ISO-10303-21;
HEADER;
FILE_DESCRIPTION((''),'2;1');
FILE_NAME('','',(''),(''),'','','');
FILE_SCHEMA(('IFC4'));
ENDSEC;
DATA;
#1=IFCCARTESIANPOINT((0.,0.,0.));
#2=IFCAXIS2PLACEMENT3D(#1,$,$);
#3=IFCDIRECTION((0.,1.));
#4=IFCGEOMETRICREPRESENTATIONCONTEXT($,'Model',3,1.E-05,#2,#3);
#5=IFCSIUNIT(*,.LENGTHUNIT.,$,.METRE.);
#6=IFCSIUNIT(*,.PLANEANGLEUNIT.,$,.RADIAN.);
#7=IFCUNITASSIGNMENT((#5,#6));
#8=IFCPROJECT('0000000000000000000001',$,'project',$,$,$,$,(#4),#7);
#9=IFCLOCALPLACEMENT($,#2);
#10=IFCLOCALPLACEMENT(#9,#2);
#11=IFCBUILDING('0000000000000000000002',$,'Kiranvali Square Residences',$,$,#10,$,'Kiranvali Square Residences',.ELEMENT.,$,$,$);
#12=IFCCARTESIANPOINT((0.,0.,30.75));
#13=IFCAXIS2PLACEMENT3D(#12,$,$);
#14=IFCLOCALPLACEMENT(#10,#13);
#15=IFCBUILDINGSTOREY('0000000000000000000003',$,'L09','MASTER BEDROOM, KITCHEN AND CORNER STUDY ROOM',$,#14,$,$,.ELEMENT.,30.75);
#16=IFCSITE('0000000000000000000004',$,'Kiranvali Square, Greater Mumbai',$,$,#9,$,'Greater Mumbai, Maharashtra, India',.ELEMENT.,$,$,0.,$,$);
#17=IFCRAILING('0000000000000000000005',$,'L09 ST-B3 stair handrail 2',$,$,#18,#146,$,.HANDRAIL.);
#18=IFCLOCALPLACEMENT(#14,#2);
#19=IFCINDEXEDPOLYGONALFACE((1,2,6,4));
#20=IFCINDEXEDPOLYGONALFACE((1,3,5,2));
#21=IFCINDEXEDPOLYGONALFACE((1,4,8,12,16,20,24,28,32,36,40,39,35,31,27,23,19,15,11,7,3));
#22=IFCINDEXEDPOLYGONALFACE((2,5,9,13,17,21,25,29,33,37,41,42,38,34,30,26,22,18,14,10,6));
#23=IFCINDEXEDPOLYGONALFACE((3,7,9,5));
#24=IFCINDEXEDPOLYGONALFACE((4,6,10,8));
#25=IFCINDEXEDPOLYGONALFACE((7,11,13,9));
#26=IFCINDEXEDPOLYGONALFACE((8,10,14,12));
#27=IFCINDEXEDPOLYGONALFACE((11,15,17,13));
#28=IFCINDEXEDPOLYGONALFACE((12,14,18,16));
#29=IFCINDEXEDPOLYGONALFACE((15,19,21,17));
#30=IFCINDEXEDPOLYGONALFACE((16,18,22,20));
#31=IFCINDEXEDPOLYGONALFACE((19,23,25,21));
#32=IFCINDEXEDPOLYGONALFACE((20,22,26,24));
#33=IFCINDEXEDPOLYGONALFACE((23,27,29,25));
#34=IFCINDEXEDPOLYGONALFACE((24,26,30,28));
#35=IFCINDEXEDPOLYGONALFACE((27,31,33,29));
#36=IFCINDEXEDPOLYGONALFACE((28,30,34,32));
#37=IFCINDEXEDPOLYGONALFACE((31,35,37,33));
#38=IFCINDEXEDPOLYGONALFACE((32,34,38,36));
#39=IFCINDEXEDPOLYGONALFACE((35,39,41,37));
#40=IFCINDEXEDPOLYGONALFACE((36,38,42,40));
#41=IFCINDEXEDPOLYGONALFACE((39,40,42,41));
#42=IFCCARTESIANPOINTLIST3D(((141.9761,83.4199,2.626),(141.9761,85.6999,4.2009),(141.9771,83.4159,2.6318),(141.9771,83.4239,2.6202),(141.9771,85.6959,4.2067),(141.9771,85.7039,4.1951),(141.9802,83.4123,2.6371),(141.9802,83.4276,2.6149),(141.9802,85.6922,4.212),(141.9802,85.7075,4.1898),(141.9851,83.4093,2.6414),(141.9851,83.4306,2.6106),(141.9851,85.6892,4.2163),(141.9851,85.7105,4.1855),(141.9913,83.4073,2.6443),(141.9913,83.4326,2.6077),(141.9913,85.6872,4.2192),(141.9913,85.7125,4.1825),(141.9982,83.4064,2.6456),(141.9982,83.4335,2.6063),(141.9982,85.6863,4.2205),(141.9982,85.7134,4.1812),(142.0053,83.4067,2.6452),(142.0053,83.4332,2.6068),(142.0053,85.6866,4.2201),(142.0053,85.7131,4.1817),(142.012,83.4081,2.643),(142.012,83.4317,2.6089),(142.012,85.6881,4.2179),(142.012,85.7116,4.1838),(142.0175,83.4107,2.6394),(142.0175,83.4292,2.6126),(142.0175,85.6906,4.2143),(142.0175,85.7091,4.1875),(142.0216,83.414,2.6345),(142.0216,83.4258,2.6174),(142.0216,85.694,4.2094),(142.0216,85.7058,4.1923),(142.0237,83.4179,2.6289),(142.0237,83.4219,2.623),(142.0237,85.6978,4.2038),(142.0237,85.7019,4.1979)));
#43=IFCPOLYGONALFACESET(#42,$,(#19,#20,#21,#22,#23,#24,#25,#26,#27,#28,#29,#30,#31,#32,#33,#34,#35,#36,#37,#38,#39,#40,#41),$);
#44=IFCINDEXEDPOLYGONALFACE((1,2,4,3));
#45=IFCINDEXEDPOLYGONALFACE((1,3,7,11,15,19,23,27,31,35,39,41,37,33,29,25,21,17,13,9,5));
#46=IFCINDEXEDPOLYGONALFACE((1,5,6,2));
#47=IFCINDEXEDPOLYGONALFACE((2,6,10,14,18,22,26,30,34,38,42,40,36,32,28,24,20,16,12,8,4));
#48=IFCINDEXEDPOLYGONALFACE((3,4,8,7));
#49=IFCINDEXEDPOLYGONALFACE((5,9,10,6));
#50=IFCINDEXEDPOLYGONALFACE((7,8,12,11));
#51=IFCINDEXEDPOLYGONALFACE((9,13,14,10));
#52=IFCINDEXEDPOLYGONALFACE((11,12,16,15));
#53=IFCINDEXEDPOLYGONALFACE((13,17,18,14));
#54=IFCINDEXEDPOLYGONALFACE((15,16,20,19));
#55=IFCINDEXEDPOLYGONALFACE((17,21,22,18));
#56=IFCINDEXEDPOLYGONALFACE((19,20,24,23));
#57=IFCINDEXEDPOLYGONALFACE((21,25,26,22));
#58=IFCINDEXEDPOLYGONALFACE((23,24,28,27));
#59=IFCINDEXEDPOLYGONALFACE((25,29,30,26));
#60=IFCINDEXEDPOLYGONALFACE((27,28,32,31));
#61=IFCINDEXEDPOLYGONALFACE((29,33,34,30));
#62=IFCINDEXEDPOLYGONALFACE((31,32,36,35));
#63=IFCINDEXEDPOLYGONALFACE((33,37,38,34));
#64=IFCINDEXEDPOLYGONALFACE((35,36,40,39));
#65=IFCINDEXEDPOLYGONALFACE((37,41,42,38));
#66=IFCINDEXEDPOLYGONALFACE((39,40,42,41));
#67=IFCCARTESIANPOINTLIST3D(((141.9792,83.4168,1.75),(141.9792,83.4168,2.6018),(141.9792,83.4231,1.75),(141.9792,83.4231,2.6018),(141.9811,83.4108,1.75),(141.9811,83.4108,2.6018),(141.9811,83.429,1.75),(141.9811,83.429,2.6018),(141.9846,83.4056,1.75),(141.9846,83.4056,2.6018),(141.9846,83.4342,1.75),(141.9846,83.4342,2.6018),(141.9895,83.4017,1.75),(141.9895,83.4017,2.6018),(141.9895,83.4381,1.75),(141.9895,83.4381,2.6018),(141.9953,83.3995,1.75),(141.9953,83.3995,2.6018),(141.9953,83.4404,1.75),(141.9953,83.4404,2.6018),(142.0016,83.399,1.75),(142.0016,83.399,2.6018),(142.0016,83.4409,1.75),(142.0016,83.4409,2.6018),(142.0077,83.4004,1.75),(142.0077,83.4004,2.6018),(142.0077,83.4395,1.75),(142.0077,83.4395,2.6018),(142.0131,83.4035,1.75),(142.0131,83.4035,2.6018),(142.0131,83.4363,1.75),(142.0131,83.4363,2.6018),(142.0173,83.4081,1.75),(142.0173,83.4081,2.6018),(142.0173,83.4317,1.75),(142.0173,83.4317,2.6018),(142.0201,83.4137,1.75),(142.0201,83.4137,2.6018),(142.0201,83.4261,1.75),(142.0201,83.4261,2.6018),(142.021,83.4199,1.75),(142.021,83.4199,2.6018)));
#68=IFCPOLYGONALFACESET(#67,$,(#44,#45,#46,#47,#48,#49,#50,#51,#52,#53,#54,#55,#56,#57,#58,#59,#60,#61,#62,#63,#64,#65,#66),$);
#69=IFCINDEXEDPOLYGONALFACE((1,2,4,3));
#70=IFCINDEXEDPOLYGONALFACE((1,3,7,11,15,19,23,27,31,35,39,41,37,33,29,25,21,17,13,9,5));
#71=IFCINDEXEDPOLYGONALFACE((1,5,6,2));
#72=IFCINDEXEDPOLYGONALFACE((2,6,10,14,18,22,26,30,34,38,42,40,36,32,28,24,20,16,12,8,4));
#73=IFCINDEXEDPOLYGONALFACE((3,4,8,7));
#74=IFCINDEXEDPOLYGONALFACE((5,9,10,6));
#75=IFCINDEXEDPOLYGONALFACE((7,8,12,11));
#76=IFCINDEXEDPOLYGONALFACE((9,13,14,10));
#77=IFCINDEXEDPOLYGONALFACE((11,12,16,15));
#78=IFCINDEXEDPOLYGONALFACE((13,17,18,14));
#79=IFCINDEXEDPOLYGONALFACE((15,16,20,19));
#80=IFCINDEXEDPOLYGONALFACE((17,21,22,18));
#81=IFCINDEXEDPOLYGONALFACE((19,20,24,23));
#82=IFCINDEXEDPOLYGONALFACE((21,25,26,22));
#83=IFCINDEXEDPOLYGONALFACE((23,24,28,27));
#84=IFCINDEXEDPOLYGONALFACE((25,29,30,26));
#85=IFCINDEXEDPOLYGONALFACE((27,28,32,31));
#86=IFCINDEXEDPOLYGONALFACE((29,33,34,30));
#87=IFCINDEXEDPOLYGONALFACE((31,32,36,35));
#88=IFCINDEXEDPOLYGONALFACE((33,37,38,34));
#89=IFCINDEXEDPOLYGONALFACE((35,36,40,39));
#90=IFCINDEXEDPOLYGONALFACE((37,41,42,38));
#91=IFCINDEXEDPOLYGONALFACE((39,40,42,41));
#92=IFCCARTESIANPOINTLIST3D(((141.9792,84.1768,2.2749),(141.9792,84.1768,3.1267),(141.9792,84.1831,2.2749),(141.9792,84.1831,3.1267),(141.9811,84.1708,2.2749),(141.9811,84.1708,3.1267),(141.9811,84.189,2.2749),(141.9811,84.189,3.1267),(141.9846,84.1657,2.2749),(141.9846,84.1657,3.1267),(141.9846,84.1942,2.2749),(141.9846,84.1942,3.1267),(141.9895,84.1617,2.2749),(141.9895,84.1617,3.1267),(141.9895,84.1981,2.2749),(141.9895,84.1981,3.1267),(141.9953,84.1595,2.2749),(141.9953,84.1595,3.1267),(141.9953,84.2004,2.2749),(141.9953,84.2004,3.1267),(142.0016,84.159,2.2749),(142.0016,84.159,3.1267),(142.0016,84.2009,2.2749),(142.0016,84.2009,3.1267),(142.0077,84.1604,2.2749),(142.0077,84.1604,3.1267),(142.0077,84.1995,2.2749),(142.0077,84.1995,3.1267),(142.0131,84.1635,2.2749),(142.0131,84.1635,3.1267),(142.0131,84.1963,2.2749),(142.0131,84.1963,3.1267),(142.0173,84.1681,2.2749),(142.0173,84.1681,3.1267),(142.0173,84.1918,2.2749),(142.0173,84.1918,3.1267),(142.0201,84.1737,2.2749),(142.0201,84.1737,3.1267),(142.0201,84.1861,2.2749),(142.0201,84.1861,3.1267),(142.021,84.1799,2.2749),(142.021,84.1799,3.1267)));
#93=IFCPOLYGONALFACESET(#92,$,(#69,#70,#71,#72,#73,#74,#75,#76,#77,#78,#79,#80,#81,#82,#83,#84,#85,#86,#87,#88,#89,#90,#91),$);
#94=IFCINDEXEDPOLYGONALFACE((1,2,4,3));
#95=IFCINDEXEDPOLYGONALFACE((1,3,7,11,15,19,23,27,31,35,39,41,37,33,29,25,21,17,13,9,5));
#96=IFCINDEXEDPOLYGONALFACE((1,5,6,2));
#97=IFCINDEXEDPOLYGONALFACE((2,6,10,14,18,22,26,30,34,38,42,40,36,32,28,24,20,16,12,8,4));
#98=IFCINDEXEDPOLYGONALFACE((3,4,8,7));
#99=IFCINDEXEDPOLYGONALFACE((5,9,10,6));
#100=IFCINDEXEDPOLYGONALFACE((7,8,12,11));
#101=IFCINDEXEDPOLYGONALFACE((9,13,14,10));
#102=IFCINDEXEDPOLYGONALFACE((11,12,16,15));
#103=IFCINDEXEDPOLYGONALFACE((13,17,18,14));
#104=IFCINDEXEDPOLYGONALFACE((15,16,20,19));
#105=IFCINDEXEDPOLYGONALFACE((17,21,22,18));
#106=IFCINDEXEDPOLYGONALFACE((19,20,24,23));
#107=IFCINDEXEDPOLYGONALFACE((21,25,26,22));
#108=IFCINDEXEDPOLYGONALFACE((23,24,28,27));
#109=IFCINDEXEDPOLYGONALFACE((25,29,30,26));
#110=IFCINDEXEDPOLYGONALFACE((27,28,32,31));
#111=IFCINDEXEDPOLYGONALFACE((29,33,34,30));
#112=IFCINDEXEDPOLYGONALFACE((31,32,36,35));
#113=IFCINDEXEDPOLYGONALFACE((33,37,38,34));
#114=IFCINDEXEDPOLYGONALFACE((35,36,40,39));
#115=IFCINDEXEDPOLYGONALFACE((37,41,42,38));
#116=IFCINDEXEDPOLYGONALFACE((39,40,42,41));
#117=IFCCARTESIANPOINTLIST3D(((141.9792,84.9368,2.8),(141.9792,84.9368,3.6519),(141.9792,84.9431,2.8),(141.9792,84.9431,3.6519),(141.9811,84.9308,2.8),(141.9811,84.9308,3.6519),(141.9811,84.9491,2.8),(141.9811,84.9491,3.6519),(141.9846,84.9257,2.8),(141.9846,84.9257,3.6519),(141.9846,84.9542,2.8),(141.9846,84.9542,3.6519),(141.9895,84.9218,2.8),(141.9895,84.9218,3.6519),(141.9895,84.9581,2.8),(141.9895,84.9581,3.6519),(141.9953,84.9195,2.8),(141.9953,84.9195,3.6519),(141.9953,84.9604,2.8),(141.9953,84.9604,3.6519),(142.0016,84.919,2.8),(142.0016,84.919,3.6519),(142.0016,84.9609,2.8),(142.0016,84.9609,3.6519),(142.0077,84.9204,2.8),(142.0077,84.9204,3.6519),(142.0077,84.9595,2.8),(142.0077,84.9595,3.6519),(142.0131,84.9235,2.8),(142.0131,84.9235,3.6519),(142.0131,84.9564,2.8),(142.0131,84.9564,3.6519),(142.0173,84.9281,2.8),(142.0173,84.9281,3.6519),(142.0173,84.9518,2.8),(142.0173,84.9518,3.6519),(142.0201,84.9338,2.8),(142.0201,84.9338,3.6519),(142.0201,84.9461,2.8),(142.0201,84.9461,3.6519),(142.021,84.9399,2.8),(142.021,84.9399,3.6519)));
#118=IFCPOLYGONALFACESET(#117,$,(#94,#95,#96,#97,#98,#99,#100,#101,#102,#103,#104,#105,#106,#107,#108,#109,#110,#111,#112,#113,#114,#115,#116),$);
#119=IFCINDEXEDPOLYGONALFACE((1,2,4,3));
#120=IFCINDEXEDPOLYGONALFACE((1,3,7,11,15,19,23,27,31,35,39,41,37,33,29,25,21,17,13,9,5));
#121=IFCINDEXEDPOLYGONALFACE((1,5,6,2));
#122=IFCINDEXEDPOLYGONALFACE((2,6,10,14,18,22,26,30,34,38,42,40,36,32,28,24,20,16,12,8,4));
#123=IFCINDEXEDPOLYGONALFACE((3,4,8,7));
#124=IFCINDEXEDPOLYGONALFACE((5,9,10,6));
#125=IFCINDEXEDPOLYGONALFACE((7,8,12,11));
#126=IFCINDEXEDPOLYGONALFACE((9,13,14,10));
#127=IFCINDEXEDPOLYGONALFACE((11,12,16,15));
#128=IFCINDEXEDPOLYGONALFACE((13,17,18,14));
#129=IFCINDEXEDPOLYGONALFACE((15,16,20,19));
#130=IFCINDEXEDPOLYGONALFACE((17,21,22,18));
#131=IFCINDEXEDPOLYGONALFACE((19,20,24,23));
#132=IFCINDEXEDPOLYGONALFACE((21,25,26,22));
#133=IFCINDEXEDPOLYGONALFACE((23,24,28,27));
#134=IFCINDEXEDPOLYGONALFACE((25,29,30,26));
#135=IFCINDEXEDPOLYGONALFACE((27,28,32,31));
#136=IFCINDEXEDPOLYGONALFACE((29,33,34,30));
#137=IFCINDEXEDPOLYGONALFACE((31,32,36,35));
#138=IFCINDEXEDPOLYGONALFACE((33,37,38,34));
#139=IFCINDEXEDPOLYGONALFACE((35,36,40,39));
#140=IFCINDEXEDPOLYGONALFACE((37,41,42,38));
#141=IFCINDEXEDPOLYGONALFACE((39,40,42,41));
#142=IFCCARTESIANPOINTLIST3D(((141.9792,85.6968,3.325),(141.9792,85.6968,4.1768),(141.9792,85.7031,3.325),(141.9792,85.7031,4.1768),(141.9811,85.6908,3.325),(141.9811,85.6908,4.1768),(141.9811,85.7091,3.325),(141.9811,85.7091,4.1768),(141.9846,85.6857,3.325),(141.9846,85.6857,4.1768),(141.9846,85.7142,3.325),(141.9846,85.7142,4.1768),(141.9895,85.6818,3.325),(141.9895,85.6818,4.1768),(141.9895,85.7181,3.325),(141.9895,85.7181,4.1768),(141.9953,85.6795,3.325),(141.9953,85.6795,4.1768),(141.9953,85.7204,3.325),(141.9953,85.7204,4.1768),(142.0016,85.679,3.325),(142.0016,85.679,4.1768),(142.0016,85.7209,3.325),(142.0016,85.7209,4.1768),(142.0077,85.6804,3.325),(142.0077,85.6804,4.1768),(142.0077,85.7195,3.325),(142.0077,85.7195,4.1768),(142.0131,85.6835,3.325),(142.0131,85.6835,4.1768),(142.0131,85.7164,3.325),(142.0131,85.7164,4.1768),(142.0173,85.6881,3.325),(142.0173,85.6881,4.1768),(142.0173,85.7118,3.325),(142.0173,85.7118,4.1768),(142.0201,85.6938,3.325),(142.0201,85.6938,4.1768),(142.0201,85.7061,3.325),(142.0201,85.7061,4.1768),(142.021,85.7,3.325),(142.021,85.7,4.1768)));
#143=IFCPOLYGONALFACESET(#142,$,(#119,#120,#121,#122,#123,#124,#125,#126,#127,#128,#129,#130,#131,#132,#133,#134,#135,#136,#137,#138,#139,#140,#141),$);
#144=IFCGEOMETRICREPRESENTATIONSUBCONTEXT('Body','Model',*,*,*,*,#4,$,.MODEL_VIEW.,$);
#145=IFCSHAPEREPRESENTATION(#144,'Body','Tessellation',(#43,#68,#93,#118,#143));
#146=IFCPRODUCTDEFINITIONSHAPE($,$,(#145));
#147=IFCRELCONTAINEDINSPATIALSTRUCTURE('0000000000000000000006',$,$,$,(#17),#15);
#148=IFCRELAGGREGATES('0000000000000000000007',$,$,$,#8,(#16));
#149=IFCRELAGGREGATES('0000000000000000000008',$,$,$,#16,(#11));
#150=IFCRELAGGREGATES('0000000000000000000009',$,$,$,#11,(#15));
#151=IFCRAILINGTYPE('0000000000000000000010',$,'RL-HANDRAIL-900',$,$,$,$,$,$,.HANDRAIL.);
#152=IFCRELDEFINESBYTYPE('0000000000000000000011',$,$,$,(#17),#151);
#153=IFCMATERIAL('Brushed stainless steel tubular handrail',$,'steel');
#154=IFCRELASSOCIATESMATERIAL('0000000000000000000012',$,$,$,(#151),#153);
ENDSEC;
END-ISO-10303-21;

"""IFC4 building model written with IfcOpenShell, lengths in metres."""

from ifc_helpers import new_model, si_unit, direction, frame, origin, origin_2d, place, context, subcontext, project, spatial, circle, extrude, material, type_object, element, save


model = new_model("IFC4")

# Units and contexts
model_context = context("Model", 3, precision=1e-05, world=origin(), true_north=direction((0.0, 1.0)))
body_context = subcontext(model_context, "Body", "Model", "MODEL_VIEW")
ifc_project = project(units=[si_unit("LENGTHUNIT", "METRE"), si_unit("PLANEANGLEUNIT", "RADIAN")], contexts=[model_context])

# Site, building, storey
site_placement = place(None, origin())
site = spatial("IfcSite", under=ifc_project, at=site_placement, Name="Kiranvali Square, Greater Mumbai", LongName="Greater Mumbai, Maharashtra, India", CompositionType="ELEMENT", RefElevation=0.0)
building_placement = place(site_placement, origin())
building = spatial("IfcBuilding", under=site, at=building_placement, Name="Kiranvali Square Residences", LongName="Kiranvali Square Residences", CompositionType="ELEMENT")
storey_placement = place(building_placement, frame((0.0, 0.0, 30.75)))
storey = spatial("IfcBuildingStorey", under=building, at=storey_placement, Name="L09", Description="MASTER BEDROOM, KITCHEN AND CORNER STUDY ROOM", CompositionType="ELEMENT", Elevation=30.75)

# Railing
ifc_material_1 = material(Name="Brushed stainless steel tubular handrail", Category="steel")
railing_type_1 = type_object("IfcRailingType", Name="RL-HANDRAIL-900", PredefinedType="HANDRAIL", material=ifc_material_1)
railing_1_placement = place(storey_placement, frame((142.0, 83.4199, 1.75)))
element("IfcRailing", 1, at=railing_1_placement, inside=storey, type_object=railing_type_1, Name="L09 ST-B3 stair handrail 2", PredefinedType="HANDRAIL", context=body_context, shape_type="SweptSolid", body=[
    extrude(circle(Radius=0.0239, at=origin_2d()), frame((0.0, 0.0, 0.876), z_axis=(0.0, 0.822788, 0.568348), x_axis=(-1.0, 0.0, 0.0)), (0.0, 0.0, 1.0), 2.771),
    extrude(circle(Radius=0.021, at=origin_2d()), origin(), (0.0, 0.0, 1.0), 0.8518),
    extrude(circle(Radius=0.021, at=origin_2d()), frame((0.0, 0.76, 0.5249)), (0.0, 0.0, 1.0), 0.8518),
    extrude(circle(Radius=0.021, at=origin_2d()), frame((0.0, 1.52, 1.05)), (0.0, 0.0, 1.0), 0.8518),
    extrude(circle(Radius=0.021, at=origin_2d()), frame((0.0, 2.28, 1.575)), (0.0, 0.0, 1.0), 0.8518),
])

save(model, "model.ifc")
